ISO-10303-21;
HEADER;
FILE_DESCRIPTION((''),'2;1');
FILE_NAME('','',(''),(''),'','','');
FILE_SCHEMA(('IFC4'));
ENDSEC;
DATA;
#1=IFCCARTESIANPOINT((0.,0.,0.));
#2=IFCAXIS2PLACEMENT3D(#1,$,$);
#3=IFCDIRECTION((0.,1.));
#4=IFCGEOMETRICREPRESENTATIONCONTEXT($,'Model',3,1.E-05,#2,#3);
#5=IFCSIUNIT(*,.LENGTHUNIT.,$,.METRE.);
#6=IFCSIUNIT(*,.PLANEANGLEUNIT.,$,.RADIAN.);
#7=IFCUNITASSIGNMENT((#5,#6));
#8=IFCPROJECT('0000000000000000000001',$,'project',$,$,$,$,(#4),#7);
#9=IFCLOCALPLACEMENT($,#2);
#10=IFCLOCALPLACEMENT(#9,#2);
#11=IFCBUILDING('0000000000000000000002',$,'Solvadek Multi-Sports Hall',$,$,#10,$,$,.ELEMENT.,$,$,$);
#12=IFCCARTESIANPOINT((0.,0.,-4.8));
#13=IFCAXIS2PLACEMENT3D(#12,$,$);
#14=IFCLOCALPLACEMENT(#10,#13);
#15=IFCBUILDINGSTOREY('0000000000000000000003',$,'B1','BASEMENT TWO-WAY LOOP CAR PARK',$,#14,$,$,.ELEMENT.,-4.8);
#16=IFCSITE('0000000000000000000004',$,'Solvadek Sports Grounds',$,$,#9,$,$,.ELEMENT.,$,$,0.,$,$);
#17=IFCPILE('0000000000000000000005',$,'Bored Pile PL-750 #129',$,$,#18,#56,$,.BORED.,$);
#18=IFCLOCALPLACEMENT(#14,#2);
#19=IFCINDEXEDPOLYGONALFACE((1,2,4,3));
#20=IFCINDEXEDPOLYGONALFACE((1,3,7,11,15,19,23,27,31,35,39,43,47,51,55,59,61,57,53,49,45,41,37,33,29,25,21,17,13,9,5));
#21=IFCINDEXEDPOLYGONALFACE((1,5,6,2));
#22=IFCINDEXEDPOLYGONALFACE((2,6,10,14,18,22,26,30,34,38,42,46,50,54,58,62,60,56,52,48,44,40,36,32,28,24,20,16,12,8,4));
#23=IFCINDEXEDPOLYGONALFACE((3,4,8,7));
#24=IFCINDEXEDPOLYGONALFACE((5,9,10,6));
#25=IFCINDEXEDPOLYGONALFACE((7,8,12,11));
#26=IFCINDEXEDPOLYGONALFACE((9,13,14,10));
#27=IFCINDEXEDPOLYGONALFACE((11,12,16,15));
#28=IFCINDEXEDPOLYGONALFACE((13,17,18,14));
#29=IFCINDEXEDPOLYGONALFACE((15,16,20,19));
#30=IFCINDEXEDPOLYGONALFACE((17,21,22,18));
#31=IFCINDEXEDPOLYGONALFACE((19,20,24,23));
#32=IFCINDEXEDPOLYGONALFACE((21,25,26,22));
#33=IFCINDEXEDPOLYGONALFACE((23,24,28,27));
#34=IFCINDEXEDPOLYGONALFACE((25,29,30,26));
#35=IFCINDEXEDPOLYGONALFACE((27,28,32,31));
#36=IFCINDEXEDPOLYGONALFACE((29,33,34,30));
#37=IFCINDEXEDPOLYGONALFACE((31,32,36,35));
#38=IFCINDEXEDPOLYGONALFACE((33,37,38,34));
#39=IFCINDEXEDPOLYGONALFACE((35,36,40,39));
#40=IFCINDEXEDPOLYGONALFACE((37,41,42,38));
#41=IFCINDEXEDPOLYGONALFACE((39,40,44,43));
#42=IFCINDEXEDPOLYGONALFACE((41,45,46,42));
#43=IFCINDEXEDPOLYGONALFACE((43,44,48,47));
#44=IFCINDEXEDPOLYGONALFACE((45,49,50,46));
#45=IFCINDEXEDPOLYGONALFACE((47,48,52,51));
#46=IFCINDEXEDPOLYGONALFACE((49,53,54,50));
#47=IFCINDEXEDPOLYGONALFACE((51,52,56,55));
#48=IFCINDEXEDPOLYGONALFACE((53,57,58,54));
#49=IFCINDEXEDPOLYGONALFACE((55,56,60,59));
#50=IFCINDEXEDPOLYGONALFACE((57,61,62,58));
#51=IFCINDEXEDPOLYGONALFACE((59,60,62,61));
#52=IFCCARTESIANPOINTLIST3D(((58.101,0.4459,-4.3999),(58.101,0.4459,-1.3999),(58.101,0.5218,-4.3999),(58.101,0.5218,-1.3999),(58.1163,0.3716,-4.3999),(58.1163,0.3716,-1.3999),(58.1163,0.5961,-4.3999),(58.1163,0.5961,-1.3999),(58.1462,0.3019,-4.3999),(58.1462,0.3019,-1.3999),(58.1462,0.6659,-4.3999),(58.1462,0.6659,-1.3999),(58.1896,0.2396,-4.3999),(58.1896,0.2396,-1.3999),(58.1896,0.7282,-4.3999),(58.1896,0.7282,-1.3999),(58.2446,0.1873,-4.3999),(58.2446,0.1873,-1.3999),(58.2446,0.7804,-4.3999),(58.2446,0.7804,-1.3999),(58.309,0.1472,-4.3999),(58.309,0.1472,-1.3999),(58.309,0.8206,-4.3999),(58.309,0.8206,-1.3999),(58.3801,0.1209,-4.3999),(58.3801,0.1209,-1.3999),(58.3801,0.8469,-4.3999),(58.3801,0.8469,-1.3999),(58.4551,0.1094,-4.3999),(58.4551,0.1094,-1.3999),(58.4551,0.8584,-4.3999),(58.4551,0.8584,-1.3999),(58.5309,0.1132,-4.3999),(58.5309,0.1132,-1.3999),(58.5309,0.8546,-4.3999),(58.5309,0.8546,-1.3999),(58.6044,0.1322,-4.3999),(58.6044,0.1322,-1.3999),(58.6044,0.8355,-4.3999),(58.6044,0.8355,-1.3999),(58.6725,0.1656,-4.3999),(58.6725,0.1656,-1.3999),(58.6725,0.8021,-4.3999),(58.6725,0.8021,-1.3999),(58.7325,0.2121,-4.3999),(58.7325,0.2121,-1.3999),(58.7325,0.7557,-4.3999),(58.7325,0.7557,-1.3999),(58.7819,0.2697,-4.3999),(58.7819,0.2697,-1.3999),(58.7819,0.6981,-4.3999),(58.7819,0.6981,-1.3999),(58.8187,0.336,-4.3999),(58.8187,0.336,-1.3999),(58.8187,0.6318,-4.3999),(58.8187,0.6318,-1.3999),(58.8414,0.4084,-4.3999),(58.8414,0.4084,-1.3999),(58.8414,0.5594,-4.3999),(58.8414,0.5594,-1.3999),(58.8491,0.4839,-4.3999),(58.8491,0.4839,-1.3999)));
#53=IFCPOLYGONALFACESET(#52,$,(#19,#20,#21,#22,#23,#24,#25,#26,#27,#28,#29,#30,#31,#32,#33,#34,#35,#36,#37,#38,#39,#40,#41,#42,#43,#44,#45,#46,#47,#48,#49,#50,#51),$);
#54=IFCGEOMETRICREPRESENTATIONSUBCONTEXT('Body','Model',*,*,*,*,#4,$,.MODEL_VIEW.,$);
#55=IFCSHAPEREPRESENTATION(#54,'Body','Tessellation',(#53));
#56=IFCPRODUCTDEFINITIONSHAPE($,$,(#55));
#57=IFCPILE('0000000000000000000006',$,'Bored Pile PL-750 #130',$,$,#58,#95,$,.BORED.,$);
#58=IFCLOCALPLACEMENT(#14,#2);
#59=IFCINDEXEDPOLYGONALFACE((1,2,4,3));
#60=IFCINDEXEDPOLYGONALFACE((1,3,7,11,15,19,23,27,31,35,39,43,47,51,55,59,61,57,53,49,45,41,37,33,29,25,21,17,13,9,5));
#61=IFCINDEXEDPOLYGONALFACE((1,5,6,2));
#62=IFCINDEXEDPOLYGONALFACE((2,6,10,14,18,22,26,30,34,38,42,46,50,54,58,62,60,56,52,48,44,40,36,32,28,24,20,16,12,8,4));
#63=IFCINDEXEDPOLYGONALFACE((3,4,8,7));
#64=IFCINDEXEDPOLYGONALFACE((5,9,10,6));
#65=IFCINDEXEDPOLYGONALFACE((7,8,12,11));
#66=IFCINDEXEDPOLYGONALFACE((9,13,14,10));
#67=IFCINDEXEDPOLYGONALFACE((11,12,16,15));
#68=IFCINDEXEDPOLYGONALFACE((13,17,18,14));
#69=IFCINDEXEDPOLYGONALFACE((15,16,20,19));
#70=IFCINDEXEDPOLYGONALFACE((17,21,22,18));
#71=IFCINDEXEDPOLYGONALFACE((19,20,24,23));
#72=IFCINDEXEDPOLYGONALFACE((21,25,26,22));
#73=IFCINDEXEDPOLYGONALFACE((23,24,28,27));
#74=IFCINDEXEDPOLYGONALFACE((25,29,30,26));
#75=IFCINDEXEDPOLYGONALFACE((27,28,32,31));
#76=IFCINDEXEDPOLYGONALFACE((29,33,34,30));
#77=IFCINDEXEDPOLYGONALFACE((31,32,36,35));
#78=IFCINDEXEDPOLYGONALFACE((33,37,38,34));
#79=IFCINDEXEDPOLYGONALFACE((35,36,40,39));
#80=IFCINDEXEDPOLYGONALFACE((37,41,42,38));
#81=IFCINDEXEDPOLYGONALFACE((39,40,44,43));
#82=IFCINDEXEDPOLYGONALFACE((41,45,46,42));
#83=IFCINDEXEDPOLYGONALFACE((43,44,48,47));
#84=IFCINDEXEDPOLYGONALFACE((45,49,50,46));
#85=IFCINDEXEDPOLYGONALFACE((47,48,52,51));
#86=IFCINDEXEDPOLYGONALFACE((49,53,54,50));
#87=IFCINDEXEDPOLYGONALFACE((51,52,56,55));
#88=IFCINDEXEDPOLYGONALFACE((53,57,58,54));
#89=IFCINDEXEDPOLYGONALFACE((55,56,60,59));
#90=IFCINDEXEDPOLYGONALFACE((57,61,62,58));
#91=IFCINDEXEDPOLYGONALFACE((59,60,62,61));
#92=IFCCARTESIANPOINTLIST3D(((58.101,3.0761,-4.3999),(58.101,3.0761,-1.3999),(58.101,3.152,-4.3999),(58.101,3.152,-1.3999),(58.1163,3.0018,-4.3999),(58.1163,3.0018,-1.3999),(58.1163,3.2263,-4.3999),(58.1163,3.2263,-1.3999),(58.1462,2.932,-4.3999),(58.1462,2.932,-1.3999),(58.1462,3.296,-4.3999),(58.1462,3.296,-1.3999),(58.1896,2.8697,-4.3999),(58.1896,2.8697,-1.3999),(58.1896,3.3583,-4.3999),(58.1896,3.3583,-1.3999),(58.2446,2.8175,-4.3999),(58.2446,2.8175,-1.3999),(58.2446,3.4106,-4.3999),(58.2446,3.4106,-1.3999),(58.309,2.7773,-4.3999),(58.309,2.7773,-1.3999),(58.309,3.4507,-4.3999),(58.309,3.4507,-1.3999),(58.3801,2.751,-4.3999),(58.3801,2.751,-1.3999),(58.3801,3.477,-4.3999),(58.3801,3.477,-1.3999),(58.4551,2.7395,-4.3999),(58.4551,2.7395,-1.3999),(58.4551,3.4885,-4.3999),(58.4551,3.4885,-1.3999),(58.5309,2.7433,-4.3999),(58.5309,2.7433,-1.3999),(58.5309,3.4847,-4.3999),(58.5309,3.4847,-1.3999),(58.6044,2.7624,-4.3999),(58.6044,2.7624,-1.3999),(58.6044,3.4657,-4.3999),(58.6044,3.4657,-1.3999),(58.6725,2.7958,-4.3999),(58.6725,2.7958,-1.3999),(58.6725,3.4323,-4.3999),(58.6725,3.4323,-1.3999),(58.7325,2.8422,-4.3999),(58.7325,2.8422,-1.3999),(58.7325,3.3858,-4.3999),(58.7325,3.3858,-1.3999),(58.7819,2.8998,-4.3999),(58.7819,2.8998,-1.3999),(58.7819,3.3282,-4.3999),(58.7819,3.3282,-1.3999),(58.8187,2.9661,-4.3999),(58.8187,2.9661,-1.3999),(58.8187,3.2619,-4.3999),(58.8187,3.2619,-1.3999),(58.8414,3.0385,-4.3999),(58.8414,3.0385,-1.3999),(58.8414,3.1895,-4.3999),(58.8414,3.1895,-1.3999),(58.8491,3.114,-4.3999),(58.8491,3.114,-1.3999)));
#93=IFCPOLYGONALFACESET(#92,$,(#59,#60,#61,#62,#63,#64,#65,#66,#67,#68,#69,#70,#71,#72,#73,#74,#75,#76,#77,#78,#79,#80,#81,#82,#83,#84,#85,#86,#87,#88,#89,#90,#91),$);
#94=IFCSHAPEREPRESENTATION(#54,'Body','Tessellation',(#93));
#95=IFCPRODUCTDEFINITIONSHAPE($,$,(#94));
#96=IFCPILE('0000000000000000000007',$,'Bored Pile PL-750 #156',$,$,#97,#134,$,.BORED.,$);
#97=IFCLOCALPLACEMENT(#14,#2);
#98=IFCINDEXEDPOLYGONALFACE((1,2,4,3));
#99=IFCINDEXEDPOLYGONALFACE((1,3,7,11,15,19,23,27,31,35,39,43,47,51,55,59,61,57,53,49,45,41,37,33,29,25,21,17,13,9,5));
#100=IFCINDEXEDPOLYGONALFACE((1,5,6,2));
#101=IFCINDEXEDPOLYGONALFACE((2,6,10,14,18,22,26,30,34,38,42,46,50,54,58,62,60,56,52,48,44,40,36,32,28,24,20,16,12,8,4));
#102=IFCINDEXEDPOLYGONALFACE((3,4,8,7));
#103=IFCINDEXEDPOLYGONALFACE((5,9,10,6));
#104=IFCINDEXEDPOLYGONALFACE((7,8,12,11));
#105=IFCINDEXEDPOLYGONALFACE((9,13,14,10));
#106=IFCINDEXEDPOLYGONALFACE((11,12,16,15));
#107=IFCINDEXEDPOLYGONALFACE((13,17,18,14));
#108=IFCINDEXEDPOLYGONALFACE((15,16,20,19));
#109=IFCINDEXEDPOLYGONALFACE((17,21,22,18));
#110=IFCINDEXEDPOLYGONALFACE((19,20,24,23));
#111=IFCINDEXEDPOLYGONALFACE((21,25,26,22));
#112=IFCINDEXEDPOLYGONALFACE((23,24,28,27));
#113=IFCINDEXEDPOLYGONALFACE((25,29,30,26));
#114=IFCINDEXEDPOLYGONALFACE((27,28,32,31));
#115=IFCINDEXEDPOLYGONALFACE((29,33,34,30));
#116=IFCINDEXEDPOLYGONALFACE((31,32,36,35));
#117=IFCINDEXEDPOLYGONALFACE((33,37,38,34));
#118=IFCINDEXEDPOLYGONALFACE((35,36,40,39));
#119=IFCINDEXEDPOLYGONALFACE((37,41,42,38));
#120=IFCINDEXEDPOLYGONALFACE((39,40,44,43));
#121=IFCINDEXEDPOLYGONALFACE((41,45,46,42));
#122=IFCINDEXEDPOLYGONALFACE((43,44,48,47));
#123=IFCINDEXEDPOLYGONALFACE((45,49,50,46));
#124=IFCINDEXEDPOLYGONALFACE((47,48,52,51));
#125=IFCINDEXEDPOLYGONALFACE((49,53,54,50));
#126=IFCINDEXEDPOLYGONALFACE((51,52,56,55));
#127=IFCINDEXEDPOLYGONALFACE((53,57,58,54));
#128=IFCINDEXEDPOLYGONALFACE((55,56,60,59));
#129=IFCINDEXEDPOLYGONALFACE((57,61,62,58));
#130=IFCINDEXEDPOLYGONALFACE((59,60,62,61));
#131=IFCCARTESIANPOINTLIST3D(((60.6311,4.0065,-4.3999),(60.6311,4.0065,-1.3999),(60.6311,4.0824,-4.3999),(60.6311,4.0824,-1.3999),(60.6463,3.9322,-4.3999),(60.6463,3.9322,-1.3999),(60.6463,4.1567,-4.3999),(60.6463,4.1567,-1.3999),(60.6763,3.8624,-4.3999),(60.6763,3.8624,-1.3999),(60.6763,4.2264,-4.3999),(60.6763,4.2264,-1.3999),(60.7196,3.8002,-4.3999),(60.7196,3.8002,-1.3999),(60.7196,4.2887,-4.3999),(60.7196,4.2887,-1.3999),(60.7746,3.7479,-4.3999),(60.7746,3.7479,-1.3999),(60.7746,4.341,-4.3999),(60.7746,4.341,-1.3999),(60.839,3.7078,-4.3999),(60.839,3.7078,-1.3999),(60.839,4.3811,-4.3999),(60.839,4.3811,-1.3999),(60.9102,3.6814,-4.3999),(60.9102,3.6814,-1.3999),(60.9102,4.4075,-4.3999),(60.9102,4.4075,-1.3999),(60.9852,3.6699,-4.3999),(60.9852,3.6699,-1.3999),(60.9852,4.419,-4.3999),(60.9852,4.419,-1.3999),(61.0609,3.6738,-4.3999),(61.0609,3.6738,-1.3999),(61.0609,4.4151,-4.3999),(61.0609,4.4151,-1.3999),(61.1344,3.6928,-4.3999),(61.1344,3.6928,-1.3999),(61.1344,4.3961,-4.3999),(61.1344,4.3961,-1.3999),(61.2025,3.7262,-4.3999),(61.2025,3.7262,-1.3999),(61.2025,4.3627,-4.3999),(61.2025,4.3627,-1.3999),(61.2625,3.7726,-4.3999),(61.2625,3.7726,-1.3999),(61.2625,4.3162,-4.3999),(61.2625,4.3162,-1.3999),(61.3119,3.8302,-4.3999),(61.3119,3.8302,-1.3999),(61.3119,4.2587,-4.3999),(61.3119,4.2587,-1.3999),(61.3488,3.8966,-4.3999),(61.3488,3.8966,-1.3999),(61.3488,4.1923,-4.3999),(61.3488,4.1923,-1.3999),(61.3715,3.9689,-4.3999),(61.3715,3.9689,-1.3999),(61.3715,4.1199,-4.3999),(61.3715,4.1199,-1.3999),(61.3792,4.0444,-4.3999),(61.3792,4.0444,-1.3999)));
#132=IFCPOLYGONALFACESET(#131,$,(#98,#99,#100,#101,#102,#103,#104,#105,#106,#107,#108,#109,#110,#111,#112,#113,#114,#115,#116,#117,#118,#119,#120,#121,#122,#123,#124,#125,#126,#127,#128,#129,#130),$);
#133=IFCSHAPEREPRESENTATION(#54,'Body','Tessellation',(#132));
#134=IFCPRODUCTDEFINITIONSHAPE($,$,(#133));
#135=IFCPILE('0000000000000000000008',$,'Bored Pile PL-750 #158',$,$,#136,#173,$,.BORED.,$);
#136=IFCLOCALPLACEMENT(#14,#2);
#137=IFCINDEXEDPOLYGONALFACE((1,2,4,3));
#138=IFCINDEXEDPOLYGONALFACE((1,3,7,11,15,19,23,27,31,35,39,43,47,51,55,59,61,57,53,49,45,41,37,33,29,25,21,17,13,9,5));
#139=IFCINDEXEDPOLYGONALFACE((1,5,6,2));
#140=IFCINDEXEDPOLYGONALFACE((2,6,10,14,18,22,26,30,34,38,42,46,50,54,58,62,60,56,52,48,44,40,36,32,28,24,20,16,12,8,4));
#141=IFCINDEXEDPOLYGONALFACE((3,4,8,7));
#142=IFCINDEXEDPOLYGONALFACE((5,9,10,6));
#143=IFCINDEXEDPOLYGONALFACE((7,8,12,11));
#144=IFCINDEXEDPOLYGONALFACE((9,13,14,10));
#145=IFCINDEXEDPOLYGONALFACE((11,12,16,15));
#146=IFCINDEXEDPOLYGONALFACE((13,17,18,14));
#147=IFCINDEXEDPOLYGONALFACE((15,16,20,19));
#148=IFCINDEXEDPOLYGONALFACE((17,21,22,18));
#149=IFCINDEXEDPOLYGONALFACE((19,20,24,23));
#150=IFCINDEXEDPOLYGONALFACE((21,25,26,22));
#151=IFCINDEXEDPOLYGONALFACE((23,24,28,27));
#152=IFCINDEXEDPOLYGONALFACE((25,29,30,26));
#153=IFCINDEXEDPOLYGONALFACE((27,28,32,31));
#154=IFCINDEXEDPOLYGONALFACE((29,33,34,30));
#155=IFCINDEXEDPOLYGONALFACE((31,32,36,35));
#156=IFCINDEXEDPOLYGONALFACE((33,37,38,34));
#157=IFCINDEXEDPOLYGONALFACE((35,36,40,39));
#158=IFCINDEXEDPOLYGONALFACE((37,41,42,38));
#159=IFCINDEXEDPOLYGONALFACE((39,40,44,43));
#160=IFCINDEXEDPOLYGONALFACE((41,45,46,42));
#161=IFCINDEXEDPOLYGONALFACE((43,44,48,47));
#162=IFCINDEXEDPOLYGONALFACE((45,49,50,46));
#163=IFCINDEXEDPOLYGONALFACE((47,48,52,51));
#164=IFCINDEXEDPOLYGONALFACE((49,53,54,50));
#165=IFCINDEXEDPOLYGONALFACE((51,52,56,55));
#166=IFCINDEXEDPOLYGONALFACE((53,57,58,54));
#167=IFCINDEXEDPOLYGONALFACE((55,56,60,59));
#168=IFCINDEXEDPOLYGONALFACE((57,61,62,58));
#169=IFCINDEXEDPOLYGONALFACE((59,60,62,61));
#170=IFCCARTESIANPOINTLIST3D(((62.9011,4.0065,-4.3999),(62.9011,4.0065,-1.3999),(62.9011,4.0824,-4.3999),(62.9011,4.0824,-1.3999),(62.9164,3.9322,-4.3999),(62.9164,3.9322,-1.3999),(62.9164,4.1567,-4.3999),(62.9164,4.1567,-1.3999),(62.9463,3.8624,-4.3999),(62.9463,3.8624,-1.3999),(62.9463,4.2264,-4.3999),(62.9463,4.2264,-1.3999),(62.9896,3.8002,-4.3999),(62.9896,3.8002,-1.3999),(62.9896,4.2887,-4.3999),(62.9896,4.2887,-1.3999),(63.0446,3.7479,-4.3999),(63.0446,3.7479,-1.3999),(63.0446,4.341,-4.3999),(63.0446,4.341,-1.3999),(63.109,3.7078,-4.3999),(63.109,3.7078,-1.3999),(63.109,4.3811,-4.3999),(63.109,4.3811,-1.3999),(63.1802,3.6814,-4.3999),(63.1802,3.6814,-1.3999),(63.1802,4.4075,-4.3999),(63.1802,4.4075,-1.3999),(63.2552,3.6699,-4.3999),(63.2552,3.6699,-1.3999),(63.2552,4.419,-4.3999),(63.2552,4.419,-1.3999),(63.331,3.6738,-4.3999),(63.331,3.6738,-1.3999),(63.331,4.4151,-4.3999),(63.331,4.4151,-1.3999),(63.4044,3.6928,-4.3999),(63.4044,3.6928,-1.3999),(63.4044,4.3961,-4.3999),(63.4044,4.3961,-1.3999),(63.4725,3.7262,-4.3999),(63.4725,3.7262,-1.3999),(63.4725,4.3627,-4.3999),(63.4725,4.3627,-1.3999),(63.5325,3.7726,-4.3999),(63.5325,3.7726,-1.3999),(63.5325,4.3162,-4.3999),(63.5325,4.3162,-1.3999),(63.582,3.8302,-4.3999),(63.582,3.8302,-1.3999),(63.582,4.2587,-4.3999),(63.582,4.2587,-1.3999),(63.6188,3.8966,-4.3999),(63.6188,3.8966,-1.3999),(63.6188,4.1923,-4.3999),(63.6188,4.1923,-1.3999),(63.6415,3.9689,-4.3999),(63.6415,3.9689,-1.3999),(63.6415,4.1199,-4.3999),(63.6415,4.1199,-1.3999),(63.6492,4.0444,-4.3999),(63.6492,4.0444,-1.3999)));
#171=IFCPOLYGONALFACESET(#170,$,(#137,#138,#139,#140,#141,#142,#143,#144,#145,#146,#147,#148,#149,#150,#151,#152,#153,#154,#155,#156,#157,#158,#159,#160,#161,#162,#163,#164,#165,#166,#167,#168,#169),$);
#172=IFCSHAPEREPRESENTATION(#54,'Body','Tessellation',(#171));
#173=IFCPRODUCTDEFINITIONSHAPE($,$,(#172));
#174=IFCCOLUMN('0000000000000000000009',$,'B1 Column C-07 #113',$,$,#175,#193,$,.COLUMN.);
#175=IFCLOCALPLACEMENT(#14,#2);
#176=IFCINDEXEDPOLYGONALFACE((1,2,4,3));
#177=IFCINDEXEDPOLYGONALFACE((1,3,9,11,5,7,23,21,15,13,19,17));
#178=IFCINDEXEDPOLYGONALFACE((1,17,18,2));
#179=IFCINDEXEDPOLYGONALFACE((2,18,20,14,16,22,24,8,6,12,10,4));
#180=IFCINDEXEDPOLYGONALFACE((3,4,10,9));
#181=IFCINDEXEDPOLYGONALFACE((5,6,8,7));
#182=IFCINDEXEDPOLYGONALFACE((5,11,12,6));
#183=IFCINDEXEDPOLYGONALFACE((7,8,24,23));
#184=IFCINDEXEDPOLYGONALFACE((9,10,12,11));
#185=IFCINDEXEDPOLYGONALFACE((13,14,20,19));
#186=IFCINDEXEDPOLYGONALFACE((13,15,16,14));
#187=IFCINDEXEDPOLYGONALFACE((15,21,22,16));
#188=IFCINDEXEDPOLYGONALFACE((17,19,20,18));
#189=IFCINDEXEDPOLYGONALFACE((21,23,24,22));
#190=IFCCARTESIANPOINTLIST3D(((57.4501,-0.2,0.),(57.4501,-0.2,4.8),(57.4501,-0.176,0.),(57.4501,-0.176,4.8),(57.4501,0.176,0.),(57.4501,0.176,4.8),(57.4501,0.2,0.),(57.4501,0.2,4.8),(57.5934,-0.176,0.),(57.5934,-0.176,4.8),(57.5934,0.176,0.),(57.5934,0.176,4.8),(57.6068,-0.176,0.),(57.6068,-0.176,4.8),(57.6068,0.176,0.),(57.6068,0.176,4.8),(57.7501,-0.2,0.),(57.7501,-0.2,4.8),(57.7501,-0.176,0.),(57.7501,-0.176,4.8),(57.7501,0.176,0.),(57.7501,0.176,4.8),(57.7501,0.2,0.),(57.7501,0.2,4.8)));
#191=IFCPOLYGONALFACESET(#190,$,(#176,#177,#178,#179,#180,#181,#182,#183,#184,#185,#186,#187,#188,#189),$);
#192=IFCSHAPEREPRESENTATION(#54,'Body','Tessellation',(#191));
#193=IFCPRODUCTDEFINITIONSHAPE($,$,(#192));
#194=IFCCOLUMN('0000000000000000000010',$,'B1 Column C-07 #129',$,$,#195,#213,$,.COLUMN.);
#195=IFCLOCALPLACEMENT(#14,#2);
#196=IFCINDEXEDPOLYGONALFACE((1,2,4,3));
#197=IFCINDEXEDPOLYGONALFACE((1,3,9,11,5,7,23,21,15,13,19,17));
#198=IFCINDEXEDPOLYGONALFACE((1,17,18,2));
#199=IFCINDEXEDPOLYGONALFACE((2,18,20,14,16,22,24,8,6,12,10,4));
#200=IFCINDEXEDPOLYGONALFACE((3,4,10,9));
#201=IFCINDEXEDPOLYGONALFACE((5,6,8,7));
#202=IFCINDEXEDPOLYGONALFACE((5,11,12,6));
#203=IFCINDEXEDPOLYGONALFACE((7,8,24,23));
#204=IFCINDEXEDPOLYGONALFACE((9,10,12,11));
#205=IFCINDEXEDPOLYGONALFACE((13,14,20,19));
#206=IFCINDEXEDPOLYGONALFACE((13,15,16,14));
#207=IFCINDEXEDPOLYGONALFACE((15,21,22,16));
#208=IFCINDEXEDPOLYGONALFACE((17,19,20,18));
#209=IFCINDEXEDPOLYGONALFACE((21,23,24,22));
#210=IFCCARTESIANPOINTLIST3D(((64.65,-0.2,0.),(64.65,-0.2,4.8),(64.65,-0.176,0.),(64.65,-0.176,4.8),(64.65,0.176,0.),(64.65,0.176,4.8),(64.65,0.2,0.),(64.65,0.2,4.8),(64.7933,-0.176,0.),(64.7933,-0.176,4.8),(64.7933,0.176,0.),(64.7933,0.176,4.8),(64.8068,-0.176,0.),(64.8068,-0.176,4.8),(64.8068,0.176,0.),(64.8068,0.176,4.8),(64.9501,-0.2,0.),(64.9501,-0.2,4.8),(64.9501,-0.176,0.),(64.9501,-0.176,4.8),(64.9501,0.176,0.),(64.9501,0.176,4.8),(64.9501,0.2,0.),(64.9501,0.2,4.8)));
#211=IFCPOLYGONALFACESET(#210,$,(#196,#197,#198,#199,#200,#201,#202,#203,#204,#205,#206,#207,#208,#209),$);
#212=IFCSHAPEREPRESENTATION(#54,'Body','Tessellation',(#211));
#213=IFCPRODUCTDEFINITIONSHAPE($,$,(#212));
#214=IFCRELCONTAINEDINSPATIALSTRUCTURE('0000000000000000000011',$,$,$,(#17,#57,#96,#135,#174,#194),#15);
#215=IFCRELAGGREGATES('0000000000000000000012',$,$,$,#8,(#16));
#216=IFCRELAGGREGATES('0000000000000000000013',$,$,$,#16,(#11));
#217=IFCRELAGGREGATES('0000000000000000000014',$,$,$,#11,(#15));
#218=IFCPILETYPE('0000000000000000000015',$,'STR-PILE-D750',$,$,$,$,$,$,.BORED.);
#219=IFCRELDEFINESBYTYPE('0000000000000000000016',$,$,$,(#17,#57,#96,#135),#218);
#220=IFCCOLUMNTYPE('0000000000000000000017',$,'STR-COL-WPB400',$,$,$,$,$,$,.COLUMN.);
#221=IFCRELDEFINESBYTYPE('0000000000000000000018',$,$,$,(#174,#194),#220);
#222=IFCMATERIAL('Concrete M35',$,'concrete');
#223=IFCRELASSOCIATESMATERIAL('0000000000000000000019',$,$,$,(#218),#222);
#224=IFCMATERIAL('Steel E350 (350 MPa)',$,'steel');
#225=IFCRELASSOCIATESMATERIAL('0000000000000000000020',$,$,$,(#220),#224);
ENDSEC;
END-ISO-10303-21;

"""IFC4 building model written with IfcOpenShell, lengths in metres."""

from ifc_helpers import new_model, si_unit, direction, frame, origin, origin_2d, place, context, subcontext, project, spatial, circle, i_section, extrude, material, material_profile, profile_set, type_object, element, save


model = new_model("IFC4")

# Units and contexts
model_context = context("Model", 3, precision=1e-05, world=origin(), true_north=direction((0.0, 1.0)))
body_context = subcontext(model_context, "Body", "Model", "MODEL_VIEW")
ifc_project = project(units=[si_unit("LENGTHUNIT", "METRE"), si_unit("PLANEANGLEUNIT", "RADIAN")], contexts=[model_context])

# Site, building, storey
site_placement = place(None, origin())
site = spatial("IfcSite", under=ifc_project, at=site_placement, Name="Solvadek Sports Grounds", CompositionType="ELEMENT", RefElevation=0.0)
building_placement = place(site_placement, origin())
building = spatial("IfcBuilding", under=site, at=building_placement, Name="Solvadek Multi-Sports Hall", CompositionType="ELEMENT")
storey_placement = place(building_placement, frame((0.0, 0.0, -4.8)))
storey = spatial("IfcBuildingStorey", under=building, at=storey_placement, Name="B1", Description="BASEMENT TWO-WAY LOOP CAR PARK", CompositionType="ELEMENT", Elevation=-4.8)

# Piles
ifc_material_1 = material(Name="Concrete M35", Category="concrete")
ifc_material_profile_1 = material_profile(ifc_material_1, circle(Radius=0.375, at=origin_2d()), Name="BORED PILE D750")
ifc_profile_set_1 = profile_set([ifc_material_profile_1], Name="Concrete M35")
pile_type = type_object("IfcPileType", Name="STR-PILE-D750", PredefinedType="BORED", material=ifc_profile_set_1)
for number, where, z_axis, x_axis, name in (
    (1, (58.4741, 0.4839, -1.3999), (0.0, 0.0, -1.0), (1.0, 0.0, 0.0), "Bored Pile PL-750 #129"),
    (2, (58.4741, 3.114, -1.3999), (0.0, 0.0, -1.0), (1.0, 0.0, 0.0), "Bored Pile PL-750 #130"),
    (3, (61.0042, 4.0444, -1.3999), (0.0, 0.0, -1.0), (1.0, 0.0, 0.0), "Bored Pile PL-750 #156"),
    (4, (63.2742, 4.0444, -1.3999), (0.0, 0.0, -1.0), (1.0, 0.0, 0.0), "Bored Pile PL-750 #158"),
):
    element("IfcPile", number, at=place(storey_placement, frame(where, z_axis=z_axis, x_axis=x_axis)), inside=storey, type_object=pile_type, Name=name, PredefinedType="BORED", context=body_context, shape_type="SweptSolid", body=[
        extrude(circle(Radius=0.375, at=origin_2d()), origin(), (0.0, 0.0, 1.0), 3.0),
    ])

# Columns
ifc_material_2 = material(Name="Steel E350 (350 MPa)", Category="steel")
ifc_material_profile_2 = material_profile(ifc_material_2, i_section(OverallWidth=0.3, OverallDepth=0.3999, WebThickness=0.0134, FlangeThickness=0.0239, at=origin_2d()), Name="WPB 400")
ifc_profile_set_2 = profile_set([ifc_material_profile_2], Name="Steel E350 (350 MPa)")
column_type_1 = type_object("IfcColumnType", Name="STR-COL-WPB400", PredefinedType="COLUMN", material=ifc_profile_set_2)
for number, where, z_axis, x_axis, name in (
    (5, (57.6001, 0.0, 0.0), (0.0, 0.0, 1.0), (1.0, 0.0, 0.0), "B1 Column C-07 #113"),
    (6, (64.8, 0.0, 0.0), (0.0, 0.0, 1.0), (1.0, 0.0, 0.0), "B1 Column C-07 #129"),
):
    element("IfcColumn", number, at=place(storey_placement, frame(where, z_axis=z_axis, x_axis=x_axis)), inside=storey, type_object=column_type_1, Name=name, PredefinedType="COLUMN", context=body_context, shape_type="SweptSolid", body=[
        extrude(i_section(OverallWidth=0.3, OverallDepth=0.3999, WebThickness=0.0134, FlangeThickness=0.0239, at=origin_2d()), origin(), (0.0, 0.0, 1.0), 4.8),
    ])

save(model, "model.ifc")
